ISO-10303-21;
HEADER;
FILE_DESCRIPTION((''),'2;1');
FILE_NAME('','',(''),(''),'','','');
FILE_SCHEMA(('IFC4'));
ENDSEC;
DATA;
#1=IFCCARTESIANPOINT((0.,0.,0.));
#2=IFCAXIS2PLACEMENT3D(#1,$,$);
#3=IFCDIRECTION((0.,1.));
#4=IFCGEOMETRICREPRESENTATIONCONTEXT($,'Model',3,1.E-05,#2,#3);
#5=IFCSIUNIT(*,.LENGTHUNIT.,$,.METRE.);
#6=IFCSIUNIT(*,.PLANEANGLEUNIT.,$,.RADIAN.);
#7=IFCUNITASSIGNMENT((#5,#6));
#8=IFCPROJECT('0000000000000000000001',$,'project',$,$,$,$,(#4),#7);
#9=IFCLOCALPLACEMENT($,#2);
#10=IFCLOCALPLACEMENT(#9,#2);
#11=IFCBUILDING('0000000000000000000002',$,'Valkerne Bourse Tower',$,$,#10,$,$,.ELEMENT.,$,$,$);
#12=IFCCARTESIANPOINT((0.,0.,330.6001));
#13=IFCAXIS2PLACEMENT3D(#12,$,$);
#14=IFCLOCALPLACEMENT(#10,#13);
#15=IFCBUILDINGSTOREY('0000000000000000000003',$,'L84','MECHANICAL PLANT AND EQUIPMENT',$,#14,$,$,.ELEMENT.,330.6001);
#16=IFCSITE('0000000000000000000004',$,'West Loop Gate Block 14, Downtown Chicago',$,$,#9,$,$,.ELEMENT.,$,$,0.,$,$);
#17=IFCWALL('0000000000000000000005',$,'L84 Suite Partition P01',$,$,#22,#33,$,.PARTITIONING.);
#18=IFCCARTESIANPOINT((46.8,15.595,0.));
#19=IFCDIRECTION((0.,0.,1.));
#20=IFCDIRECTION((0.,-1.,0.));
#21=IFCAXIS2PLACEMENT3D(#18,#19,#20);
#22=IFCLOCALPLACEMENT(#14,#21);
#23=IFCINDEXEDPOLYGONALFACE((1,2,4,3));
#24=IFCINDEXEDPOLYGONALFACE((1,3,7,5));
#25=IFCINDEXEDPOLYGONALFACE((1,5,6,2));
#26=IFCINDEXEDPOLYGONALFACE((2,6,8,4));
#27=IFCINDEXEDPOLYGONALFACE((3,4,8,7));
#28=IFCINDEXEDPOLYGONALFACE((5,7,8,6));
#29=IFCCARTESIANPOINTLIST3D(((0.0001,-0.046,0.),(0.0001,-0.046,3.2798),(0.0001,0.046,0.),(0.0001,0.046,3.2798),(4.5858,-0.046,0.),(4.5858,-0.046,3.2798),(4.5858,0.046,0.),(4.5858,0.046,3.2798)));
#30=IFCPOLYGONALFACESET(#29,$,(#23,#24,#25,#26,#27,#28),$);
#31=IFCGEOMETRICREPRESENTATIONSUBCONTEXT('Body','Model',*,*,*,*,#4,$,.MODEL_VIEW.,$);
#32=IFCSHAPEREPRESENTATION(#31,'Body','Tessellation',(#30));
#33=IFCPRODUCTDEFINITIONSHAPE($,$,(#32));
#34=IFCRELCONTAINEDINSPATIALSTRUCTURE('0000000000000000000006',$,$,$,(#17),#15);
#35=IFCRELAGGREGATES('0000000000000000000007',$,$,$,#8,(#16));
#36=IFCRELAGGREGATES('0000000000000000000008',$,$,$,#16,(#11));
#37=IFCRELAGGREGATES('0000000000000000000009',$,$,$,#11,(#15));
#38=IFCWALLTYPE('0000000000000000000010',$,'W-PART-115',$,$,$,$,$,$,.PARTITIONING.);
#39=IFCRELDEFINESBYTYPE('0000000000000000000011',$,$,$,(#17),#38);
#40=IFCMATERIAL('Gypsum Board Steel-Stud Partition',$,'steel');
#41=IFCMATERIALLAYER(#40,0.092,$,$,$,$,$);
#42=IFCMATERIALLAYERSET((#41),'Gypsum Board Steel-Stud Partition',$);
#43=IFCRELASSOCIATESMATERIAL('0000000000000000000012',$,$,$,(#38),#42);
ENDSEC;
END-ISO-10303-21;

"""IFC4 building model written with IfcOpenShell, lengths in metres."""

from ifc_helpers import new_model, si_unit, direction, frame, frame_2d, origin, place, context, subcontext, project, spatial, rectangle, extrude, material, layer, layer_set, type_object, element, save


model = new_model("IFC4")

# Units and contexts
model_context = context("Model", 3, precision=1e-05, world=origin(), true_north=direction((0.0, 1.0)))
body_context = subcontext(model_context, "Body", "Model", "MODEL_VIEW")
ifc_project = project(units=[si_unit("LENGTHUNIT", "METRE"), si_unit("PLANEANGLEUNIT", "RADIAN")], contexts=[model_context])

# Site, building, storey
site_placement = place(None, origin())
site = spatial("IfcSite", under=ifc_project, at=site_placement, Name="West Loop Gate Block 14, Downtown Chicago", CompositionType="ELEMENT", RefElevation=0.0)
building_placement = place(site_placement, origin())
building = spatial("IfcBuilding", under=site, at=building_placement, Name="Valkerne Bourse Tower", CompositionType="ELEMENT")
storey_placement = place(building_placement, frame((0.0, 0.0, 330.6001)))
storey = spatial("IfcBuildingStorey", under=building, at=storey_placement, Name="L84", Description="MECHANICAL PLANT AND EQUIPMENT", CompositionType="ELEMENT", Elevation=330.6001)

# Wall
ifc_material_1 = material(Name="Gypsum Board Steel-Stud Partition", Category="steel")
ifc_layer_1 = layer(ifc_material_1, 0.092)
ifc_layer_set_1 = layer_set([ifc_layer_1], Name="Gypsum Board Steel-Stud Partition")
wall_type_1 = type_object("IfcWallType", Name="W-PART-115", PredefinedType="PARTITIONING", material=ifc_layer_set_1)
wall_1_placement = place(storey_placement, frame((46.8, 15.595, 0.0), z_axis=(0.0, 0.0, 1.0), x_axis=(0.0, -1.0, 0.0)))
element("IfcWall", 1, at=wall_1_placement, inside=storey, type_object=wall_type_1, Name="L84 Suite Partition P01", PredefinedType="PARTITIONING", context=body_context, shape_type="SweptSolid", body=[
    extrude(rectangle(XDim=4.5857, YDim=0.092, at=frame_2d((2.293, 0.0))), origin(), (0.0, 0.0, 1.0), 3.2798),
])

save(model, "model.ifc")
